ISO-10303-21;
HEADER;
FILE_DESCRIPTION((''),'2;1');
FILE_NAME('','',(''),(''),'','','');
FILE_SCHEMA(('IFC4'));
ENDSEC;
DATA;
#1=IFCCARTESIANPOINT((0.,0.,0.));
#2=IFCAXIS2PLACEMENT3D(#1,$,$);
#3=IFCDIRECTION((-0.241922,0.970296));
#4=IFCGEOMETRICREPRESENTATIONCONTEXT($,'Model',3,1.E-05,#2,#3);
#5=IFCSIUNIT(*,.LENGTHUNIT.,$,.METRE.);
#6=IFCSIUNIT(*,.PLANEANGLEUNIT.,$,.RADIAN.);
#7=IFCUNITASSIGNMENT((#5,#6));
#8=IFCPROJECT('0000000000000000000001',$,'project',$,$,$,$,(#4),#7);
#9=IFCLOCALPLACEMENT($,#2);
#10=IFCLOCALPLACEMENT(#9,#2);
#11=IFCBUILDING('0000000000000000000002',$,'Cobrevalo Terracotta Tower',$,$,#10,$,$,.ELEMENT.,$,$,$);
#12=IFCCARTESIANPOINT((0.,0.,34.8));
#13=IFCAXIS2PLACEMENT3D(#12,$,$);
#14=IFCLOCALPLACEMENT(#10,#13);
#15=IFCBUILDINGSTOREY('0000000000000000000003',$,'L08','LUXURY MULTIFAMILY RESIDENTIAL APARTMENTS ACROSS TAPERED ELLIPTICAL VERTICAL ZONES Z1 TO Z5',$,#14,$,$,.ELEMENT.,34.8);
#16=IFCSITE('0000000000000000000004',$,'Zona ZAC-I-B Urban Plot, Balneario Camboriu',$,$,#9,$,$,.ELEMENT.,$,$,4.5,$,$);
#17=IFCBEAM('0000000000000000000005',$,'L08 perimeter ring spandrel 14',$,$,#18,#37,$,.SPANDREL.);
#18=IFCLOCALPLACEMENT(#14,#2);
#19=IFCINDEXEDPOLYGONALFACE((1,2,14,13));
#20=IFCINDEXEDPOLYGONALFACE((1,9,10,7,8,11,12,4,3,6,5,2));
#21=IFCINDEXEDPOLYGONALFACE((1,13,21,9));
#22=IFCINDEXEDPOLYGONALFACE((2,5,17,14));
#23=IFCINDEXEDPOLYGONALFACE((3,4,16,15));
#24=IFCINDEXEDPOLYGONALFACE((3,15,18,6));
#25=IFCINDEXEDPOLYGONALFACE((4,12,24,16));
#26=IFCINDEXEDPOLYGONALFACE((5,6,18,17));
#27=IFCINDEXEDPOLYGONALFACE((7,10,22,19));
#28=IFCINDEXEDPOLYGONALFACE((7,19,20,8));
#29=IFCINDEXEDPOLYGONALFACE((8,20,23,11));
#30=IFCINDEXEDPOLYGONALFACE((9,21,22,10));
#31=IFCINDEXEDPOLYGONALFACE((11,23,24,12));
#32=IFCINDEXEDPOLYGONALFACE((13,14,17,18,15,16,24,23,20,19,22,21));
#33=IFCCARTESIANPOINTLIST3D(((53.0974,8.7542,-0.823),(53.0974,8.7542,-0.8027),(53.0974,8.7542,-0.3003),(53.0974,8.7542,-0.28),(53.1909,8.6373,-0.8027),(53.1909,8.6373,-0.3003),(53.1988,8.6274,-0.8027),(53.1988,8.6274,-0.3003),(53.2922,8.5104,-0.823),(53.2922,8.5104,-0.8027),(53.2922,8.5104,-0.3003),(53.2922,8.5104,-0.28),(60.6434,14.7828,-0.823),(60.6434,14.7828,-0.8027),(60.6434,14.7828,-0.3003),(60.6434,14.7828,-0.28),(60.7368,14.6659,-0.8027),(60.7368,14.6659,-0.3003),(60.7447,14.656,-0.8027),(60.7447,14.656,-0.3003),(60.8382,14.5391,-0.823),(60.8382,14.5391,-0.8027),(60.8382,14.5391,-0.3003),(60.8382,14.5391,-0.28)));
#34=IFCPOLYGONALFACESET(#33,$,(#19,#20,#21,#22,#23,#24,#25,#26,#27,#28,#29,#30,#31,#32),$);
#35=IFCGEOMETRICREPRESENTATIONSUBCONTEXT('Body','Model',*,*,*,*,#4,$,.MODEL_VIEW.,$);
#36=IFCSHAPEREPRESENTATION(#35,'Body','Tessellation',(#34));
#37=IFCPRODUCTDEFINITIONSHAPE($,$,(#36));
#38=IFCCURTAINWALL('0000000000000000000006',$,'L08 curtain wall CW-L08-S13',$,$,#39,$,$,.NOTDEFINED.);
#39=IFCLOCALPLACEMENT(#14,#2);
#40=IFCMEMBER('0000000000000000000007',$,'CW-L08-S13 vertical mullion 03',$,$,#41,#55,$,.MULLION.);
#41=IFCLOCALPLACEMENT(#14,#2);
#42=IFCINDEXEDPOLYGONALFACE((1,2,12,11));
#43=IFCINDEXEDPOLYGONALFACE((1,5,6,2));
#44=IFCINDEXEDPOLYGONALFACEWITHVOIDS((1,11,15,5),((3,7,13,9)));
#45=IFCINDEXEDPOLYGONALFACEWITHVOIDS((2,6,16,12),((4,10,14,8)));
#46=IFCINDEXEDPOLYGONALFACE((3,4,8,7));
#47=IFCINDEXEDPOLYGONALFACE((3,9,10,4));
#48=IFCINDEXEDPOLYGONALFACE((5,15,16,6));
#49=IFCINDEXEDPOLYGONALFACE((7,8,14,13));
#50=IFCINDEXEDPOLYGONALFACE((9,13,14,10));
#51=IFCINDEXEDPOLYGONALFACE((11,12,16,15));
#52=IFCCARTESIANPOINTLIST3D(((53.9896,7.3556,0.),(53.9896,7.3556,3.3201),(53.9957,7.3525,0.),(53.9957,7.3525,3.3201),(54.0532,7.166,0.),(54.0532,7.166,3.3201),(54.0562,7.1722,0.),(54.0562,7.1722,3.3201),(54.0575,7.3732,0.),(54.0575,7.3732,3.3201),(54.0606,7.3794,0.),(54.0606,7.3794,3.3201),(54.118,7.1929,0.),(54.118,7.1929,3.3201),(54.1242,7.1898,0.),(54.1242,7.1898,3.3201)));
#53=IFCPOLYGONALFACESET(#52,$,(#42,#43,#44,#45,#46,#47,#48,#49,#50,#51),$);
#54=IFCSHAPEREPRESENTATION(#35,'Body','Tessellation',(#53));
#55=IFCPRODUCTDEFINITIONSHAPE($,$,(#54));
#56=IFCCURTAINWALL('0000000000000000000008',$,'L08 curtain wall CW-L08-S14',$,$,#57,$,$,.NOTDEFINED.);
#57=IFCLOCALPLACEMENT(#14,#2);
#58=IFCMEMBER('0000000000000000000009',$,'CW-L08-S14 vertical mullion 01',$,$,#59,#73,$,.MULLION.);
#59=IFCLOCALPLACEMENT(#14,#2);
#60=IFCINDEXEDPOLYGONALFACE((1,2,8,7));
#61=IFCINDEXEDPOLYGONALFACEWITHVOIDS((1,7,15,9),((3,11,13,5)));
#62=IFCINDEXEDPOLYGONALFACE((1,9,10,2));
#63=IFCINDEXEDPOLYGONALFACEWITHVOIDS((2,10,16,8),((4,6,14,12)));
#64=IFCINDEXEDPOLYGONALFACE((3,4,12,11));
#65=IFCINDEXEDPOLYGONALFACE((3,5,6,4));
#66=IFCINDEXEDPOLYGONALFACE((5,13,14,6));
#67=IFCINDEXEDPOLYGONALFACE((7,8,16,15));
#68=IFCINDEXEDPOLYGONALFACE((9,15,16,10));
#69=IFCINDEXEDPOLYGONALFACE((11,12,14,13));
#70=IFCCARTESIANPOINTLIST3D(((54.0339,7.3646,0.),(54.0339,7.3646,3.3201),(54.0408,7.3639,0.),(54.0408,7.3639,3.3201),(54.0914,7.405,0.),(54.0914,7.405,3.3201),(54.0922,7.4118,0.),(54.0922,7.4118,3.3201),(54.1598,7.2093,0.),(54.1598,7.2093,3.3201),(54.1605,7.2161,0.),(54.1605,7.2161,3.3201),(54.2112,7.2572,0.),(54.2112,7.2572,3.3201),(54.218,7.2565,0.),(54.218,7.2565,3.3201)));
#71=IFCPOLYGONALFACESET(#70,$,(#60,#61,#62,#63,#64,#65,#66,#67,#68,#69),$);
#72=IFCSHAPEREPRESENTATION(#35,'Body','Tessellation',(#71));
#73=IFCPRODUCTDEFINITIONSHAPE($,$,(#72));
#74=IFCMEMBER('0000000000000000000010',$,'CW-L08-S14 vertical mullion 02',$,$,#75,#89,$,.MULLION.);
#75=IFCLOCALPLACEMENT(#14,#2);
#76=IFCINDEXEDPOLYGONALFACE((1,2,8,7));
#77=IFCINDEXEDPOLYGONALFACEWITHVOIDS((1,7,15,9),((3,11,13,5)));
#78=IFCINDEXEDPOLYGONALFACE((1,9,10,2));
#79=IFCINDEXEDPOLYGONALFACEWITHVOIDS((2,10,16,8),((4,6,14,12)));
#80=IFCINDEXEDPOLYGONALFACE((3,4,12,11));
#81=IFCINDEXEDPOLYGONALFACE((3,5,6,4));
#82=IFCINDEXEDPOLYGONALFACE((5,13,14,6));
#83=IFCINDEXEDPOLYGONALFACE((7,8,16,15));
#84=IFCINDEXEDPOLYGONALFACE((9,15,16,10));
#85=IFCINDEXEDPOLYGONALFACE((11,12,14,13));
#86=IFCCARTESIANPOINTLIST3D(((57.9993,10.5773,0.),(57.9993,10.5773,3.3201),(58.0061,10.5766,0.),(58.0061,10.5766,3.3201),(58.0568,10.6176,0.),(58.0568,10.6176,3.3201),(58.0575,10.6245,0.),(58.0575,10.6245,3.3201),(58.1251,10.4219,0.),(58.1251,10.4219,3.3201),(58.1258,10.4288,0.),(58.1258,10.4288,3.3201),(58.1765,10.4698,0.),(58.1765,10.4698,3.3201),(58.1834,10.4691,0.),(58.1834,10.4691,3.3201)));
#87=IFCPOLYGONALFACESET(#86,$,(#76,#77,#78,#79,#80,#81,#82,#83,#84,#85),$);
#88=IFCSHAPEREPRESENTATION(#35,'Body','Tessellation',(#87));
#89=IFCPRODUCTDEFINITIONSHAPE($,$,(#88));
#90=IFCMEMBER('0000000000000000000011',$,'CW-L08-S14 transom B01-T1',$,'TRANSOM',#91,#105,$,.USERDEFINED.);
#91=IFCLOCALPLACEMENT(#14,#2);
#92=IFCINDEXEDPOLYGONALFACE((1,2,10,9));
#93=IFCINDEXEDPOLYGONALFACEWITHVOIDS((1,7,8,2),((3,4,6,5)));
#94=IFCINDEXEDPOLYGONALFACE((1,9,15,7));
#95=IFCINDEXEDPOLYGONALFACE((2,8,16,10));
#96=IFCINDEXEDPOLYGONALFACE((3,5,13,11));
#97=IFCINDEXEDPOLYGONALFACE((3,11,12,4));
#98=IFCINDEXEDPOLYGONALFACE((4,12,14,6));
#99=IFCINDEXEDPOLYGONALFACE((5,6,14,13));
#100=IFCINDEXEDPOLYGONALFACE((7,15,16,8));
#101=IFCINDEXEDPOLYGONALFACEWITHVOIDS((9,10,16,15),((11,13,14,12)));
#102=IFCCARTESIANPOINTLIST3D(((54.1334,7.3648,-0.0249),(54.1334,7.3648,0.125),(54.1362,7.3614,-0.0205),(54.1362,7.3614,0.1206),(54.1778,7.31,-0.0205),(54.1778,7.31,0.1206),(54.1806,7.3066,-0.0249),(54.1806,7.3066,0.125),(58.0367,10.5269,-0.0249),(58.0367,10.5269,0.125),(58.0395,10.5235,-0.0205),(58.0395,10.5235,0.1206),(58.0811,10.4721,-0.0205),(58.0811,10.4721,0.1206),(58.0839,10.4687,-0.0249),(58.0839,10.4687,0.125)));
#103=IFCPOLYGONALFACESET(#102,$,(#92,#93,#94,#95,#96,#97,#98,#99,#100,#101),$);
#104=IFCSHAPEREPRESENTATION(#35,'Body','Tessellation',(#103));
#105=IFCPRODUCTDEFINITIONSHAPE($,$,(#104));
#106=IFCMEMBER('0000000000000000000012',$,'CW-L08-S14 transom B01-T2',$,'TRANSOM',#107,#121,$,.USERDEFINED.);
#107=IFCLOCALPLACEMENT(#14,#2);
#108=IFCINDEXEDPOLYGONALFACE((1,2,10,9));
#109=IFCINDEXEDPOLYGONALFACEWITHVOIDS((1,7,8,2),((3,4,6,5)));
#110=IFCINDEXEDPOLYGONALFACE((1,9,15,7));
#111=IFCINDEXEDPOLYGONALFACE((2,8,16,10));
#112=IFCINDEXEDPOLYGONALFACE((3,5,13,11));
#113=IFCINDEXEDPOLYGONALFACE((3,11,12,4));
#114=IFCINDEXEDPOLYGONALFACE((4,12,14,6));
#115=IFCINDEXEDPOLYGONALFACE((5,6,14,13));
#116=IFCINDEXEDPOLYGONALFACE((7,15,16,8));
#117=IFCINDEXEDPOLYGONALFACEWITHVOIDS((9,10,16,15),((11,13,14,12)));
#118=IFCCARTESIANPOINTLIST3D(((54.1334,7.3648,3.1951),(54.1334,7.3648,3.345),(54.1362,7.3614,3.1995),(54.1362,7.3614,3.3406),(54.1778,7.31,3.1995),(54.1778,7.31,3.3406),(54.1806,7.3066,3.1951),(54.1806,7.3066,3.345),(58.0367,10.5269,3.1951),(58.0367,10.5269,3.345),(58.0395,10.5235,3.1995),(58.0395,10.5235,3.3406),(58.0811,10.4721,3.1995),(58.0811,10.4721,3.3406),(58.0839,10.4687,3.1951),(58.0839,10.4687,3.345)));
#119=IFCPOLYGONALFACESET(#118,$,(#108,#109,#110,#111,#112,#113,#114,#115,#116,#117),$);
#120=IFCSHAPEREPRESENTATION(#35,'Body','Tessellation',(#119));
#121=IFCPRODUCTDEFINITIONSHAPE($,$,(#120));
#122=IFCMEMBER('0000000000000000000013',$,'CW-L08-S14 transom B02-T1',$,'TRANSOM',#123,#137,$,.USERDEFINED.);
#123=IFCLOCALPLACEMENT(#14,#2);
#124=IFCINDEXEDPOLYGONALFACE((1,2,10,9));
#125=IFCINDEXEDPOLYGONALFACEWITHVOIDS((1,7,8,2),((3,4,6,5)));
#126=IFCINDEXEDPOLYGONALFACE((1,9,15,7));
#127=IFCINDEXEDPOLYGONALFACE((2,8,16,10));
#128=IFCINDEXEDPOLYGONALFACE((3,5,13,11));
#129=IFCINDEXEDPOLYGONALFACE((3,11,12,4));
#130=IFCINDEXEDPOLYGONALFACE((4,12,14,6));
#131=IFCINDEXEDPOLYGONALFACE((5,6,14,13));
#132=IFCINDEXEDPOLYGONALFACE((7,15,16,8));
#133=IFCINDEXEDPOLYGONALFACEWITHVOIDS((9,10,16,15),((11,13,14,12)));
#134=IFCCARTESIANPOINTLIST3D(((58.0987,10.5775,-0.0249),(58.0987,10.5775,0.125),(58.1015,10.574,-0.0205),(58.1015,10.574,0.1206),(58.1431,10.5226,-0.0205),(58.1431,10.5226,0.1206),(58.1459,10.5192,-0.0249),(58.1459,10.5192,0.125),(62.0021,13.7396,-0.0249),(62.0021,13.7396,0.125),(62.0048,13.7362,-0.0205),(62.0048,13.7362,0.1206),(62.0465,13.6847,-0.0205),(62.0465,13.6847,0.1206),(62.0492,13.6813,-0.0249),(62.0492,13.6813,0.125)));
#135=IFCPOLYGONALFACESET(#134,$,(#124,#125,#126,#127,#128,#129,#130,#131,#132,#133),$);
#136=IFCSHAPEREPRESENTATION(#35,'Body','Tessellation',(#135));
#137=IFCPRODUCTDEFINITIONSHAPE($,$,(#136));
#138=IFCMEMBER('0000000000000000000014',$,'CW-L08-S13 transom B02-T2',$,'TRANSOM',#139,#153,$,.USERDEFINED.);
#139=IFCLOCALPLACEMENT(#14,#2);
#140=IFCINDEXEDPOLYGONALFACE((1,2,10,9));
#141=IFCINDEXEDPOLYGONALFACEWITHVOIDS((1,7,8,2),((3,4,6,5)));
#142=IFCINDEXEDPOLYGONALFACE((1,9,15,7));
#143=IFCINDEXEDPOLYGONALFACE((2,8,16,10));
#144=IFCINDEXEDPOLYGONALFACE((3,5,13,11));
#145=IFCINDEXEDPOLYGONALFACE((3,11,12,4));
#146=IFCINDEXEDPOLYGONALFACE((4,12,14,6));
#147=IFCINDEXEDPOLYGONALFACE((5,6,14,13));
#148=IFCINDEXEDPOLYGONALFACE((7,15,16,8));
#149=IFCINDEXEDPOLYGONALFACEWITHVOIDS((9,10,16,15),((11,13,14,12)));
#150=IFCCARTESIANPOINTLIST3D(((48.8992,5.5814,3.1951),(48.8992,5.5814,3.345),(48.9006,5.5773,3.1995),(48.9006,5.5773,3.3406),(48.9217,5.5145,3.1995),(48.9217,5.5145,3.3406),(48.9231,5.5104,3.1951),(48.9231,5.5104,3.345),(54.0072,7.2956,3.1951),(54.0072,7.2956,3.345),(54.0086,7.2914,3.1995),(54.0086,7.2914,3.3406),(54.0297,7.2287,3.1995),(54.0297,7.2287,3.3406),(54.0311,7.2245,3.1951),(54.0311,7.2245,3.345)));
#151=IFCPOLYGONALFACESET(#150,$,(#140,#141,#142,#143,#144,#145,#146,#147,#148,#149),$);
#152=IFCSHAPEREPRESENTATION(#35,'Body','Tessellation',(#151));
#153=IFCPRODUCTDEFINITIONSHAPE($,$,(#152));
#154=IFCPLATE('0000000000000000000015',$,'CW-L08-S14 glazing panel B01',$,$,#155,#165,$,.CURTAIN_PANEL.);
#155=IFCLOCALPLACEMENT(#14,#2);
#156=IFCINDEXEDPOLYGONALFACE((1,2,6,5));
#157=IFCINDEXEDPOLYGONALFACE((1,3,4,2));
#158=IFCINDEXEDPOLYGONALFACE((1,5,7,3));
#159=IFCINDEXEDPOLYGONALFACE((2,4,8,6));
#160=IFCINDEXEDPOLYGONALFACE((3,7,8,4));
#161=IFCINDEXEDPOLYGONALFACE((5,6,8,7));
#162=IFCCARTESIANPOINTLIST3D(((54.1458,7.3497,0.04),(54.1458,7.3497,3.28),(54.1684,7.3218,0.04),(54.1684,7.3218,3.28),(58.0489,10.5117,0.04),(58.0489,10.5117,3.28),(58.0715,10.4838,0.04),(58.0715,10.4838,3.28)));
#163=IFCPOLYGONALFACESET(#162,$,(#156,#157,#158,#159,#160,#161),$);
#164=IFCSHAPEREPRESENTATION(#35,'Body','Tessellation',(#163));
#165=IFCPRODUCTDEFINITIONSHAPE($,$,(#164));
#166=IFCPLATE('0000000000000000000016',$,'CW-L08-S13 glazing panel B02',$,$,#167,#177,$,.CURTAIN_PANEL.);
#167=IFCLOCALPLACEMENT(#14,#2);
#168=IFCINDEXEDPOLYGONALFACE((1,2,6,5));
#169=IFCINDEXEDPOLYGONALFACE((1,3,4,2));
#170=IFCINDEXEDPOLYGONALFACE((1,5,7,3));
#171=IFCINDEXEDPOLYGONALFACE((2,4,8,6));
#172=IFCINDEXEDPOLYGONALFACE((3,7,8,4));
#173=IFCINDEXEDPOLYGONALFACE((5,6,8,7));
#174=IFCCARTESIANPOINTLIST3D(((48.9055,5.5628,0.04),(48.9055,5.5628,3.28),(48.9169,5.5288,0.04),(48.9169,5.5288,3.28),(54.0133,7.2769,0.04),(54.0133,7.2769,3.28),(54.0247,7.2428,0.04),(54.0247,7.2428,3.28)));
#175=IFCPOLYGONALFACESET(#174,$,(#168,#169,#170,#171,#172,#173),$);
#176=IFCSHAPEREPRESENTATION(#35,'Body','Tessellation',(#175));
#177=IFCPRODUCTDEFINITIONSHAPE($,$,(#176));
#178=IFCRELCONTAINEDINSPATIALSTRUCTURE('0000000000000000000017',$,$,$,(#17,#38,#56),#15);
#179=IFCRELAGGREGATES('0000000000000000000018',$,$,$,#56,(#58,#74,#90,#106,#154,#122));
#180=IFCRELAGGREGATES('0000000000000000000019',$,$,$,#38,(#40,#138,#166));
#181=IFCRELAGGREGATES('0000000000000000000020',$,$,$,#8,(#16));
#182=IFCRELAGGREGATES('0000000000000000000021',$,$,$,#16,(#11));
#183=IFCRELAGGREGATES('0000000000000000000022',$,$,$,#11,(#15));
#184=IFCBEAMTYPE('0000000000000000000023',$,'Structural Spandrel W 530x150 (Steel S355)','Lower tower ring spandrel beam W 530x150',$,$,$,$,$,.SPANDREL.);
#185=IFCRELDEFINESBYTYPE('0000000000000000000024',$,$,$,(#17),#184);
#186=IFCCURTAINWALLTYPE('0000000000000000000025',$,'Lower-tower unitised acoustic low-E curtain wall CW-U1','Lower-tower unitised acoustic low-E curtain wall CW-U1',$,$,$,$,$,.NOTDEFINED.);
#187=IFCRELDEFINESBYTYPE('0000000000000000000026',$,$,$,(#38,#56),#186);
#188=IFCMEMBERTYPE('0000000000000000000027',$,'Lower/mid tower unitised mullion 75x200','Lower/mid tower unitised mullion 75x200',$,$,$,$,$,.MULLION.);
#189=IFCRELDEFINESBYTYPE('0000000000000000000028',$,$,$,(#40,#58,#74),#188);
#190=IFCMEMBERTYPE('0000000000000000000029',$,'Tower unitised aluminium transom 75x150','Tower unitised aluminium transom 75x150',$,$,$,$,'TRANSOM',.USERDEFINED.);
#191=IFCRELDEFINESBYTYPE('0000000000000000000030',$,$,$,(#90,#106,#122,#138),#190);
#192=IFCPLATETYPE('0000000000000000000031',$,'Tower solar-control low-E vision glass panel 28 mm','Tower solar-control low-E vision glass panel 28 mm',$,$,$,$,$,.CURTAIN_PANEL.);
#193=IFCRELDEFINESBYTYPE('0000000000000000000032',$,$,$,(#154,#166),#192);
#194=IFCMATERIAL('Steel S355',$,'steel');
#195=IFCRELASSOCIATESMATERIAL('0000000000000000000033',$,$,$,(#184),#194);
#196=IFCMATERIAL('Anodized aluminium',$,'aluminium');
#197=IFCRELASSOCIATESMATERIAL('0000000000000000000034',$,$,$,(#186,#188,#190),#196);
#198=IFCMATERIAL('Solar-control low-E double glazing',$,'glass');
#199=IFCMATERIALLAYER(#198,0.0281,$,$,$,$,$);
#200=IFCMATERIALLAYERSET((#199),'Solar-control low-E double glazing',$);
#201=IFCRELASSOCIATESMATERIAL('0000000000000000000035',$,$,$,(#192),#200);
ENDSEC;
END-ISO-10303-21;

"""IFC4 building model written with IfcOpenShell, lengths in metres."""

from ifc_helpers import new_model, si_unit, direction, frame, origin, origin_2d, place, context, subcontext, project, spatial, rectangle, hollow_rectangle, i_section, extrude, source, transform, mapped, material, layer, layer_set, material_profile, profile_set, type_object, element, aggregate, save


model = new_model("IFC4")

# Units and contexts
model_context = context("Model", 3, precision=1e-05, world=origin(), true_north=direction((-0.241922, 0.970296)))
body_context = subcontext(model_context, "Body", "Model", "MODEL_VIEW")
ifc_project = project(units=[si_unit("LENGTHUNIT", "METRE"), si_unit("PLANEANGLEUNIT", "RADIAN")], contexts=[model_context])

# Site, building, storey
site_placement = place(None, origin())
site = spatial("IfcSite", under=ifc_project, at=site_placement, Name="Zona ZAC-I-B Urban Plot, Balneario Camboriu", CompositionType="ELEMENT", RefElevation=4.5)
building_placement = place(site_placement, origin())
building = spatial("IfcBuilding", under=site, at=building_placement, Name="Cobrevalo Terracotta Tower", CompositionType="ELEMENT")
storey_placement = place(building_placement, frame((0.0, 0.0, 34.8)))
storey = spatial("IfcBuildingStorey", under=building, at=storey_placement, Name="L08", Description="LUXURY MULTIFAMILY RESIDENTIAL APARTMENTS ACROSS TAPERED ELLIPTICAL VERTICAL ZONES Z1 TO Z5", CompositionType="ELEMENT", Elevation=34.8)

# Shared definitions
ifc_material_1 = material(Name="Steel S355", Category="steel")

# Beam
ifc_material_profile_1 = material_profile(ifc_material_1, i_section(OverallWidth=0.312, OverallDepth=0.543, WebThickness=0.0127, FlangeThickness=0.0203, at=origin_2d()), Name="W 530x150")
ifc_profile_set_1 = profile_set([ifc_material_profile_1], Name="Steel S355")
beam_type_1 = type_object("IfcBeamType", Name="Structural Spandrel W 530x150 (Steel S355)", Description="Lower tower ring spandrel beam W 530x150", PredefinedType="SPANDREL", material=ifc_profile_set_1)
beam_1_placement = place(storey_placement, frame((53.1948, 8.6323, -0.5515), z_axis=(0.78128, 0.62418, 0.0), x_axis=(-0.62418, 0.78128, 0.0)))
element("IfcBeam", 1, at=beam_1_placement, inside=storey, type_object=beam_type_1, Name="L08 perimeter ring spandrel 14", PredefinedType="SPANDREL", context=body_context, shape_type="SweptSolid", body=[
    extrude(i_section(OverallWidth=0.312, OverallDepth=0.543, WebThickness=0.0127, FlangeThickness=0.0203, at=origin_2d()), origin(), (0.0, 0.0, 1.0), 9.6584),
])

# Curtain wall, member
ifc_material_2 = material(Name="Anodized aluminium", Category="aluminium")
curtain_wall_type = type_object("IfcCurtainWallType", Name="Lower-tower unitised acoustic low-E curtain wall CW-U1", Description="Lower-tower unitised acoustic low-E curtain wall CW-U1", PredefinedType="NOTDEFINED", material=ifc_material_2)
curtain_wall_1_placement = place(storey_placement, origin())
curtain_wall_1 = element("IfcCurtainWall", 2, at=curtain_wall_1_placement, inside=storey, type_object=curtain_wall_type, Name="L08 curtain wall CW-L08-S13", PredefinedType="NOTDEFINED")
ifc_material_profile_2 = material_profile(ifc_material_2, hollow_rectangle(XDim=0.075, YDim=0.2, WallThickness=0.0049, at=origin_2d()), Name="CWM 75x200")
ifc_profile_set_2 = profile_set([ifc_material_profile_2], Name="Anodized aluminium")
member_type_1 = type_object("IfcMemberType", Name="Lower/mid tower unitised mullion 75x200", Description="Lower/mid tower unitised mullion 75x200", PredefinedType="MULLION", material=ifc_profile_set_2)
shared_shape_1 = source(origin(), body_context, "Body", "SweptSolid", [
    extrude(hollow_rectangle(XDim=0.075, YDim=0.2, WallThickness=0.0049, at=origin_2d()), origin(), (0.0, 0.0, 1.0), 3.3201),
])
member_1_placement = place(storey_placement, frame((54.0569, 7.2727, 0.0), z_axis=(0.0, 0.0, 1.0), x_axis=(0.948046, 0.318132, 0.0)))
member_1 = element("IfcMember", 3, at=member_1_placement, type_object=member_type_1, Name="CW-L08-S13 vertical mullion 03", PredefinedType="MULLION", context=body_context, shape_type="MappedRepresentation", body=[
    mapped(shared_shape_1, transform((0.0, 0.0, 0.0), scale=1.0)),
])

# Curtain wall, members
curtain_wall_2_placement = place(storey_placement, origin())
curtain_wall_2 = element("IfcCurtainWall", 4, at=curtain_wall_2_placement, inside=storey, type_object=curtain_wall_type, Name="L08 curtain wall CW-L08-S14", PredefinedType="NOTDEFINED")
member_2_placement = place(storey_placement, frame((54.126, 7.3105, 0.0), z_axis=(0.0, 0.0, 1.0), x_axis=(0.777003, 0.629497, 0.0)))
member_2 = element("IfcMember", 5, at=member_2_placement, type_object=member_type_1, Name="CW-L08-S14 vertical mullion 01", PredefinedType="MULLION", context=body_context, shape_type="MappedRepresentation", body=[
    mapped(shared_shape_1, transform((0.0, 0.0, 0.0), scale=1.0)),
])
member_3_placement = place(storey_placement, frame((58.0913, 10.5232, 0.0), z_axis=(0.0, 0.0, 1.0), x_axis=(0.777003, 0.629497, 0.0)))
member_3 = element("IfcMember", 6, at=member_3_placement, type_object=member_type_1, Name="CW-L08-S14 vertical mullion 02", PredefinedType="MULLION", context=body_context, shape_type="MappedRepresentation", body=[
    mapped(shared_shape_1, transform((0.0, 0.0, 0.0), scale=1.0)),
])
ifc_material_profile_3 = material_profile(ifc_material_2, hollow_rectangle(XDim=0.075, YDim=0.1499, WallThickness=0.0044, at=origin_2d()), Name="CWT 75x150")
ifc_profile_set_3 = profile_set([ifc_material_profile_3], Name="Anodized aluminium")
member_type_2 = type_object("IfcMemberType", Name="Tower unitised aluminium transom 75x150", Description="Tower unitised aluminium transom 75x150", ElementType="TRANSOM", PredefinedType="USERDEFINED", material=ifc_profile_set_3)
shared_shape_2 = source(origin(), body_context, "Body", "SweptSolid", [
    extrude(hollow_rectangle(XDim=0.075, YDim=0.1499, WallThickness=0.0044, at=origin_2d()), origin(), (0.0, 0.0, 1.0), 5.0234),
])
member_4_placement = place(storey_placement, frame((54.157, 7.3357, 0.05), z_axis=(0.777023, 0.629472, 0.0), x_axis=(-0.629472, 0.777023, 0.0)))
member_4 = element("IfcMember", 7, at=member_4_placement, type_object=member_type_2, Name="CW-L08-S14 transom B01-T1", ObjectType="TRANSOM", PredefinedType="USERDEFINED", context=body_context, shape_type="MappedRepresentation", body=[
    mapped(shared_shape_2, transform((0.0, 0.0, 0.0), scale=1.0)),
])
member_5_placement = place(storey_placement, frame((54.157, 7.3357, 3.27), z_axis=(0.777023, 0.629472, 0.0), x_axis=(-0.629472, 0.777023, 0.0)))
member_5 = element("IfcMember", 8, at=member_5_placement, type_object=member_type_2, Name="CW-L08-S14 transom B01-T2", ObjectType="TRANSOM", PredefinedType="USERDEFINED", context=body_context, shape_type="MappedRepresentation", body=[
    mapped(shared_shape_2, transform((0.0, 0.0, 0.0), scale=1.0)),
])
member_6_placement = place(storey_placement, frame((58.1223, 10.5483, 0.05), z_axis=(0.777023, 0.629472, 0.0), x_axis=(-0.629472, 0.777023, 0.0)))
member_6 = element("IfcMember", 9, at=member_6_placement, type_object=member_type_2, Name="CW-L08-S14 transom B02-T1", ObjectType="TRANSOM", PredefinedType="USERDEFINED", context=body_context, shape_type="MappedRepresentation", body=[
    mapped(shared_shape_2, transform((0.0, 0.0, 0.0), scale=1.0)),
])

# Member
shared_shape_3 = source(origin(), body_context, "Body", "SweptSolid", [
    extrude(hollow_rectangle(XDim=0.075, YDim=0.1499, WallThickness=0.0044, at=origin_2d()), origin(), (0.0, 0.0, 1.0), 5.3879),
])
member_7_placement = place(storey_placement, frame((48.9111, 5.5459, 3.27), z_axis=(0.948042, 0.318144, 0.0), x_axis=(-0.318144, 0.948042, 0.0)))
member_7 = element("IfcMember", 10, at=member_7_placement, type_object=member_type_2, Name="CW-L08-S13 transom B02-T2", ObjectType="TRANSOM", PredefinedType="USERDEFINED", context=body_context, shape_type="MappedRepresentation", body=[
    mapped(shared_shape_3, transform((0.0, 0.0, 0.0), scale=1.0)),
])

# Plates
ifc_material_3 = material(Name="Solar-control low-E double glazing", Category="glass")
ifc_layer_1 = layer(ifc_material_3, 0.0281)
ifc_layer_set_1 = layer_set([ifc_layer_1], Name="Solar-control low-E double glazing")
plate_type = type_object("IfcPlateType", Name="Tower solar-control low-E vision glass panel 28 mm", Description="Tower solar-control low-E vision glass panel 28 mm", PredefinedType="CURTAIN_PANEL", material=ifc_layer_set_1)
shared_shape_4 = source(origin(), body_context, "Body", "SweptSolid", [
    extrude(rectangle(XDim=5.0232, YDim=0.0359, at=origin_2d()), origin(), (0.0, 0.0, 1.0), 3.24),
])
plate_1_placement = place(storey_placement, frame((56.1086, 8.9167, 0.04), z_axis=(0.0, 0.0, 1.0), x_axis=(0.777008, 0.629491, 0.0)))
plate_1 = element("IfcPlate", 11, at=plate_1_placement, type_object=plate_type, Name="CW-L08-S14 glazing panel B01", PredefinedType="CURTAIN_PANEL", context=body_context, shape_type="MappedRepresentation", body=[
    mapped(shared_shape_4, transform((0.0, 0.0, 0.0), scale=1.0)),
])
aggregate(curtain_wall_2, [member_2, member_3, member_4, member_5, plate_1, member_6])
shared_shape_5 = source(origin(), body_context, "Body", "SweptSolid", [
    extrude(rectangle(XDim=5.3877, YDim=0.0359, at=origin_2d()), origin(), (0.0, 0.0, 1.0), 3.24),
])
plate_2_placement = place(storey_placement, frame((51.4651, 6.4028, 0.04), z_axis=(0.0, 0.0, 1.0), x_axis=(0.948044, 0.318139, 0.0)))
plate_2 = element("IfcPlate", 12, at=plate_2_placement, type_object=plate_type, Name="CW-L08-S13 glazing panel B02", PredefinedType="CURTAIN_PANEL", context=body_context, shape_type="MappedRepresentation", body=[
    mapped(shared_shape_5, transform((0.0, 0.0, 0.0), scale=1.0)),
])
aggregate(curtain_wall_1, [member_1, member_7, plate_2])

save(model, "model.ifc")
